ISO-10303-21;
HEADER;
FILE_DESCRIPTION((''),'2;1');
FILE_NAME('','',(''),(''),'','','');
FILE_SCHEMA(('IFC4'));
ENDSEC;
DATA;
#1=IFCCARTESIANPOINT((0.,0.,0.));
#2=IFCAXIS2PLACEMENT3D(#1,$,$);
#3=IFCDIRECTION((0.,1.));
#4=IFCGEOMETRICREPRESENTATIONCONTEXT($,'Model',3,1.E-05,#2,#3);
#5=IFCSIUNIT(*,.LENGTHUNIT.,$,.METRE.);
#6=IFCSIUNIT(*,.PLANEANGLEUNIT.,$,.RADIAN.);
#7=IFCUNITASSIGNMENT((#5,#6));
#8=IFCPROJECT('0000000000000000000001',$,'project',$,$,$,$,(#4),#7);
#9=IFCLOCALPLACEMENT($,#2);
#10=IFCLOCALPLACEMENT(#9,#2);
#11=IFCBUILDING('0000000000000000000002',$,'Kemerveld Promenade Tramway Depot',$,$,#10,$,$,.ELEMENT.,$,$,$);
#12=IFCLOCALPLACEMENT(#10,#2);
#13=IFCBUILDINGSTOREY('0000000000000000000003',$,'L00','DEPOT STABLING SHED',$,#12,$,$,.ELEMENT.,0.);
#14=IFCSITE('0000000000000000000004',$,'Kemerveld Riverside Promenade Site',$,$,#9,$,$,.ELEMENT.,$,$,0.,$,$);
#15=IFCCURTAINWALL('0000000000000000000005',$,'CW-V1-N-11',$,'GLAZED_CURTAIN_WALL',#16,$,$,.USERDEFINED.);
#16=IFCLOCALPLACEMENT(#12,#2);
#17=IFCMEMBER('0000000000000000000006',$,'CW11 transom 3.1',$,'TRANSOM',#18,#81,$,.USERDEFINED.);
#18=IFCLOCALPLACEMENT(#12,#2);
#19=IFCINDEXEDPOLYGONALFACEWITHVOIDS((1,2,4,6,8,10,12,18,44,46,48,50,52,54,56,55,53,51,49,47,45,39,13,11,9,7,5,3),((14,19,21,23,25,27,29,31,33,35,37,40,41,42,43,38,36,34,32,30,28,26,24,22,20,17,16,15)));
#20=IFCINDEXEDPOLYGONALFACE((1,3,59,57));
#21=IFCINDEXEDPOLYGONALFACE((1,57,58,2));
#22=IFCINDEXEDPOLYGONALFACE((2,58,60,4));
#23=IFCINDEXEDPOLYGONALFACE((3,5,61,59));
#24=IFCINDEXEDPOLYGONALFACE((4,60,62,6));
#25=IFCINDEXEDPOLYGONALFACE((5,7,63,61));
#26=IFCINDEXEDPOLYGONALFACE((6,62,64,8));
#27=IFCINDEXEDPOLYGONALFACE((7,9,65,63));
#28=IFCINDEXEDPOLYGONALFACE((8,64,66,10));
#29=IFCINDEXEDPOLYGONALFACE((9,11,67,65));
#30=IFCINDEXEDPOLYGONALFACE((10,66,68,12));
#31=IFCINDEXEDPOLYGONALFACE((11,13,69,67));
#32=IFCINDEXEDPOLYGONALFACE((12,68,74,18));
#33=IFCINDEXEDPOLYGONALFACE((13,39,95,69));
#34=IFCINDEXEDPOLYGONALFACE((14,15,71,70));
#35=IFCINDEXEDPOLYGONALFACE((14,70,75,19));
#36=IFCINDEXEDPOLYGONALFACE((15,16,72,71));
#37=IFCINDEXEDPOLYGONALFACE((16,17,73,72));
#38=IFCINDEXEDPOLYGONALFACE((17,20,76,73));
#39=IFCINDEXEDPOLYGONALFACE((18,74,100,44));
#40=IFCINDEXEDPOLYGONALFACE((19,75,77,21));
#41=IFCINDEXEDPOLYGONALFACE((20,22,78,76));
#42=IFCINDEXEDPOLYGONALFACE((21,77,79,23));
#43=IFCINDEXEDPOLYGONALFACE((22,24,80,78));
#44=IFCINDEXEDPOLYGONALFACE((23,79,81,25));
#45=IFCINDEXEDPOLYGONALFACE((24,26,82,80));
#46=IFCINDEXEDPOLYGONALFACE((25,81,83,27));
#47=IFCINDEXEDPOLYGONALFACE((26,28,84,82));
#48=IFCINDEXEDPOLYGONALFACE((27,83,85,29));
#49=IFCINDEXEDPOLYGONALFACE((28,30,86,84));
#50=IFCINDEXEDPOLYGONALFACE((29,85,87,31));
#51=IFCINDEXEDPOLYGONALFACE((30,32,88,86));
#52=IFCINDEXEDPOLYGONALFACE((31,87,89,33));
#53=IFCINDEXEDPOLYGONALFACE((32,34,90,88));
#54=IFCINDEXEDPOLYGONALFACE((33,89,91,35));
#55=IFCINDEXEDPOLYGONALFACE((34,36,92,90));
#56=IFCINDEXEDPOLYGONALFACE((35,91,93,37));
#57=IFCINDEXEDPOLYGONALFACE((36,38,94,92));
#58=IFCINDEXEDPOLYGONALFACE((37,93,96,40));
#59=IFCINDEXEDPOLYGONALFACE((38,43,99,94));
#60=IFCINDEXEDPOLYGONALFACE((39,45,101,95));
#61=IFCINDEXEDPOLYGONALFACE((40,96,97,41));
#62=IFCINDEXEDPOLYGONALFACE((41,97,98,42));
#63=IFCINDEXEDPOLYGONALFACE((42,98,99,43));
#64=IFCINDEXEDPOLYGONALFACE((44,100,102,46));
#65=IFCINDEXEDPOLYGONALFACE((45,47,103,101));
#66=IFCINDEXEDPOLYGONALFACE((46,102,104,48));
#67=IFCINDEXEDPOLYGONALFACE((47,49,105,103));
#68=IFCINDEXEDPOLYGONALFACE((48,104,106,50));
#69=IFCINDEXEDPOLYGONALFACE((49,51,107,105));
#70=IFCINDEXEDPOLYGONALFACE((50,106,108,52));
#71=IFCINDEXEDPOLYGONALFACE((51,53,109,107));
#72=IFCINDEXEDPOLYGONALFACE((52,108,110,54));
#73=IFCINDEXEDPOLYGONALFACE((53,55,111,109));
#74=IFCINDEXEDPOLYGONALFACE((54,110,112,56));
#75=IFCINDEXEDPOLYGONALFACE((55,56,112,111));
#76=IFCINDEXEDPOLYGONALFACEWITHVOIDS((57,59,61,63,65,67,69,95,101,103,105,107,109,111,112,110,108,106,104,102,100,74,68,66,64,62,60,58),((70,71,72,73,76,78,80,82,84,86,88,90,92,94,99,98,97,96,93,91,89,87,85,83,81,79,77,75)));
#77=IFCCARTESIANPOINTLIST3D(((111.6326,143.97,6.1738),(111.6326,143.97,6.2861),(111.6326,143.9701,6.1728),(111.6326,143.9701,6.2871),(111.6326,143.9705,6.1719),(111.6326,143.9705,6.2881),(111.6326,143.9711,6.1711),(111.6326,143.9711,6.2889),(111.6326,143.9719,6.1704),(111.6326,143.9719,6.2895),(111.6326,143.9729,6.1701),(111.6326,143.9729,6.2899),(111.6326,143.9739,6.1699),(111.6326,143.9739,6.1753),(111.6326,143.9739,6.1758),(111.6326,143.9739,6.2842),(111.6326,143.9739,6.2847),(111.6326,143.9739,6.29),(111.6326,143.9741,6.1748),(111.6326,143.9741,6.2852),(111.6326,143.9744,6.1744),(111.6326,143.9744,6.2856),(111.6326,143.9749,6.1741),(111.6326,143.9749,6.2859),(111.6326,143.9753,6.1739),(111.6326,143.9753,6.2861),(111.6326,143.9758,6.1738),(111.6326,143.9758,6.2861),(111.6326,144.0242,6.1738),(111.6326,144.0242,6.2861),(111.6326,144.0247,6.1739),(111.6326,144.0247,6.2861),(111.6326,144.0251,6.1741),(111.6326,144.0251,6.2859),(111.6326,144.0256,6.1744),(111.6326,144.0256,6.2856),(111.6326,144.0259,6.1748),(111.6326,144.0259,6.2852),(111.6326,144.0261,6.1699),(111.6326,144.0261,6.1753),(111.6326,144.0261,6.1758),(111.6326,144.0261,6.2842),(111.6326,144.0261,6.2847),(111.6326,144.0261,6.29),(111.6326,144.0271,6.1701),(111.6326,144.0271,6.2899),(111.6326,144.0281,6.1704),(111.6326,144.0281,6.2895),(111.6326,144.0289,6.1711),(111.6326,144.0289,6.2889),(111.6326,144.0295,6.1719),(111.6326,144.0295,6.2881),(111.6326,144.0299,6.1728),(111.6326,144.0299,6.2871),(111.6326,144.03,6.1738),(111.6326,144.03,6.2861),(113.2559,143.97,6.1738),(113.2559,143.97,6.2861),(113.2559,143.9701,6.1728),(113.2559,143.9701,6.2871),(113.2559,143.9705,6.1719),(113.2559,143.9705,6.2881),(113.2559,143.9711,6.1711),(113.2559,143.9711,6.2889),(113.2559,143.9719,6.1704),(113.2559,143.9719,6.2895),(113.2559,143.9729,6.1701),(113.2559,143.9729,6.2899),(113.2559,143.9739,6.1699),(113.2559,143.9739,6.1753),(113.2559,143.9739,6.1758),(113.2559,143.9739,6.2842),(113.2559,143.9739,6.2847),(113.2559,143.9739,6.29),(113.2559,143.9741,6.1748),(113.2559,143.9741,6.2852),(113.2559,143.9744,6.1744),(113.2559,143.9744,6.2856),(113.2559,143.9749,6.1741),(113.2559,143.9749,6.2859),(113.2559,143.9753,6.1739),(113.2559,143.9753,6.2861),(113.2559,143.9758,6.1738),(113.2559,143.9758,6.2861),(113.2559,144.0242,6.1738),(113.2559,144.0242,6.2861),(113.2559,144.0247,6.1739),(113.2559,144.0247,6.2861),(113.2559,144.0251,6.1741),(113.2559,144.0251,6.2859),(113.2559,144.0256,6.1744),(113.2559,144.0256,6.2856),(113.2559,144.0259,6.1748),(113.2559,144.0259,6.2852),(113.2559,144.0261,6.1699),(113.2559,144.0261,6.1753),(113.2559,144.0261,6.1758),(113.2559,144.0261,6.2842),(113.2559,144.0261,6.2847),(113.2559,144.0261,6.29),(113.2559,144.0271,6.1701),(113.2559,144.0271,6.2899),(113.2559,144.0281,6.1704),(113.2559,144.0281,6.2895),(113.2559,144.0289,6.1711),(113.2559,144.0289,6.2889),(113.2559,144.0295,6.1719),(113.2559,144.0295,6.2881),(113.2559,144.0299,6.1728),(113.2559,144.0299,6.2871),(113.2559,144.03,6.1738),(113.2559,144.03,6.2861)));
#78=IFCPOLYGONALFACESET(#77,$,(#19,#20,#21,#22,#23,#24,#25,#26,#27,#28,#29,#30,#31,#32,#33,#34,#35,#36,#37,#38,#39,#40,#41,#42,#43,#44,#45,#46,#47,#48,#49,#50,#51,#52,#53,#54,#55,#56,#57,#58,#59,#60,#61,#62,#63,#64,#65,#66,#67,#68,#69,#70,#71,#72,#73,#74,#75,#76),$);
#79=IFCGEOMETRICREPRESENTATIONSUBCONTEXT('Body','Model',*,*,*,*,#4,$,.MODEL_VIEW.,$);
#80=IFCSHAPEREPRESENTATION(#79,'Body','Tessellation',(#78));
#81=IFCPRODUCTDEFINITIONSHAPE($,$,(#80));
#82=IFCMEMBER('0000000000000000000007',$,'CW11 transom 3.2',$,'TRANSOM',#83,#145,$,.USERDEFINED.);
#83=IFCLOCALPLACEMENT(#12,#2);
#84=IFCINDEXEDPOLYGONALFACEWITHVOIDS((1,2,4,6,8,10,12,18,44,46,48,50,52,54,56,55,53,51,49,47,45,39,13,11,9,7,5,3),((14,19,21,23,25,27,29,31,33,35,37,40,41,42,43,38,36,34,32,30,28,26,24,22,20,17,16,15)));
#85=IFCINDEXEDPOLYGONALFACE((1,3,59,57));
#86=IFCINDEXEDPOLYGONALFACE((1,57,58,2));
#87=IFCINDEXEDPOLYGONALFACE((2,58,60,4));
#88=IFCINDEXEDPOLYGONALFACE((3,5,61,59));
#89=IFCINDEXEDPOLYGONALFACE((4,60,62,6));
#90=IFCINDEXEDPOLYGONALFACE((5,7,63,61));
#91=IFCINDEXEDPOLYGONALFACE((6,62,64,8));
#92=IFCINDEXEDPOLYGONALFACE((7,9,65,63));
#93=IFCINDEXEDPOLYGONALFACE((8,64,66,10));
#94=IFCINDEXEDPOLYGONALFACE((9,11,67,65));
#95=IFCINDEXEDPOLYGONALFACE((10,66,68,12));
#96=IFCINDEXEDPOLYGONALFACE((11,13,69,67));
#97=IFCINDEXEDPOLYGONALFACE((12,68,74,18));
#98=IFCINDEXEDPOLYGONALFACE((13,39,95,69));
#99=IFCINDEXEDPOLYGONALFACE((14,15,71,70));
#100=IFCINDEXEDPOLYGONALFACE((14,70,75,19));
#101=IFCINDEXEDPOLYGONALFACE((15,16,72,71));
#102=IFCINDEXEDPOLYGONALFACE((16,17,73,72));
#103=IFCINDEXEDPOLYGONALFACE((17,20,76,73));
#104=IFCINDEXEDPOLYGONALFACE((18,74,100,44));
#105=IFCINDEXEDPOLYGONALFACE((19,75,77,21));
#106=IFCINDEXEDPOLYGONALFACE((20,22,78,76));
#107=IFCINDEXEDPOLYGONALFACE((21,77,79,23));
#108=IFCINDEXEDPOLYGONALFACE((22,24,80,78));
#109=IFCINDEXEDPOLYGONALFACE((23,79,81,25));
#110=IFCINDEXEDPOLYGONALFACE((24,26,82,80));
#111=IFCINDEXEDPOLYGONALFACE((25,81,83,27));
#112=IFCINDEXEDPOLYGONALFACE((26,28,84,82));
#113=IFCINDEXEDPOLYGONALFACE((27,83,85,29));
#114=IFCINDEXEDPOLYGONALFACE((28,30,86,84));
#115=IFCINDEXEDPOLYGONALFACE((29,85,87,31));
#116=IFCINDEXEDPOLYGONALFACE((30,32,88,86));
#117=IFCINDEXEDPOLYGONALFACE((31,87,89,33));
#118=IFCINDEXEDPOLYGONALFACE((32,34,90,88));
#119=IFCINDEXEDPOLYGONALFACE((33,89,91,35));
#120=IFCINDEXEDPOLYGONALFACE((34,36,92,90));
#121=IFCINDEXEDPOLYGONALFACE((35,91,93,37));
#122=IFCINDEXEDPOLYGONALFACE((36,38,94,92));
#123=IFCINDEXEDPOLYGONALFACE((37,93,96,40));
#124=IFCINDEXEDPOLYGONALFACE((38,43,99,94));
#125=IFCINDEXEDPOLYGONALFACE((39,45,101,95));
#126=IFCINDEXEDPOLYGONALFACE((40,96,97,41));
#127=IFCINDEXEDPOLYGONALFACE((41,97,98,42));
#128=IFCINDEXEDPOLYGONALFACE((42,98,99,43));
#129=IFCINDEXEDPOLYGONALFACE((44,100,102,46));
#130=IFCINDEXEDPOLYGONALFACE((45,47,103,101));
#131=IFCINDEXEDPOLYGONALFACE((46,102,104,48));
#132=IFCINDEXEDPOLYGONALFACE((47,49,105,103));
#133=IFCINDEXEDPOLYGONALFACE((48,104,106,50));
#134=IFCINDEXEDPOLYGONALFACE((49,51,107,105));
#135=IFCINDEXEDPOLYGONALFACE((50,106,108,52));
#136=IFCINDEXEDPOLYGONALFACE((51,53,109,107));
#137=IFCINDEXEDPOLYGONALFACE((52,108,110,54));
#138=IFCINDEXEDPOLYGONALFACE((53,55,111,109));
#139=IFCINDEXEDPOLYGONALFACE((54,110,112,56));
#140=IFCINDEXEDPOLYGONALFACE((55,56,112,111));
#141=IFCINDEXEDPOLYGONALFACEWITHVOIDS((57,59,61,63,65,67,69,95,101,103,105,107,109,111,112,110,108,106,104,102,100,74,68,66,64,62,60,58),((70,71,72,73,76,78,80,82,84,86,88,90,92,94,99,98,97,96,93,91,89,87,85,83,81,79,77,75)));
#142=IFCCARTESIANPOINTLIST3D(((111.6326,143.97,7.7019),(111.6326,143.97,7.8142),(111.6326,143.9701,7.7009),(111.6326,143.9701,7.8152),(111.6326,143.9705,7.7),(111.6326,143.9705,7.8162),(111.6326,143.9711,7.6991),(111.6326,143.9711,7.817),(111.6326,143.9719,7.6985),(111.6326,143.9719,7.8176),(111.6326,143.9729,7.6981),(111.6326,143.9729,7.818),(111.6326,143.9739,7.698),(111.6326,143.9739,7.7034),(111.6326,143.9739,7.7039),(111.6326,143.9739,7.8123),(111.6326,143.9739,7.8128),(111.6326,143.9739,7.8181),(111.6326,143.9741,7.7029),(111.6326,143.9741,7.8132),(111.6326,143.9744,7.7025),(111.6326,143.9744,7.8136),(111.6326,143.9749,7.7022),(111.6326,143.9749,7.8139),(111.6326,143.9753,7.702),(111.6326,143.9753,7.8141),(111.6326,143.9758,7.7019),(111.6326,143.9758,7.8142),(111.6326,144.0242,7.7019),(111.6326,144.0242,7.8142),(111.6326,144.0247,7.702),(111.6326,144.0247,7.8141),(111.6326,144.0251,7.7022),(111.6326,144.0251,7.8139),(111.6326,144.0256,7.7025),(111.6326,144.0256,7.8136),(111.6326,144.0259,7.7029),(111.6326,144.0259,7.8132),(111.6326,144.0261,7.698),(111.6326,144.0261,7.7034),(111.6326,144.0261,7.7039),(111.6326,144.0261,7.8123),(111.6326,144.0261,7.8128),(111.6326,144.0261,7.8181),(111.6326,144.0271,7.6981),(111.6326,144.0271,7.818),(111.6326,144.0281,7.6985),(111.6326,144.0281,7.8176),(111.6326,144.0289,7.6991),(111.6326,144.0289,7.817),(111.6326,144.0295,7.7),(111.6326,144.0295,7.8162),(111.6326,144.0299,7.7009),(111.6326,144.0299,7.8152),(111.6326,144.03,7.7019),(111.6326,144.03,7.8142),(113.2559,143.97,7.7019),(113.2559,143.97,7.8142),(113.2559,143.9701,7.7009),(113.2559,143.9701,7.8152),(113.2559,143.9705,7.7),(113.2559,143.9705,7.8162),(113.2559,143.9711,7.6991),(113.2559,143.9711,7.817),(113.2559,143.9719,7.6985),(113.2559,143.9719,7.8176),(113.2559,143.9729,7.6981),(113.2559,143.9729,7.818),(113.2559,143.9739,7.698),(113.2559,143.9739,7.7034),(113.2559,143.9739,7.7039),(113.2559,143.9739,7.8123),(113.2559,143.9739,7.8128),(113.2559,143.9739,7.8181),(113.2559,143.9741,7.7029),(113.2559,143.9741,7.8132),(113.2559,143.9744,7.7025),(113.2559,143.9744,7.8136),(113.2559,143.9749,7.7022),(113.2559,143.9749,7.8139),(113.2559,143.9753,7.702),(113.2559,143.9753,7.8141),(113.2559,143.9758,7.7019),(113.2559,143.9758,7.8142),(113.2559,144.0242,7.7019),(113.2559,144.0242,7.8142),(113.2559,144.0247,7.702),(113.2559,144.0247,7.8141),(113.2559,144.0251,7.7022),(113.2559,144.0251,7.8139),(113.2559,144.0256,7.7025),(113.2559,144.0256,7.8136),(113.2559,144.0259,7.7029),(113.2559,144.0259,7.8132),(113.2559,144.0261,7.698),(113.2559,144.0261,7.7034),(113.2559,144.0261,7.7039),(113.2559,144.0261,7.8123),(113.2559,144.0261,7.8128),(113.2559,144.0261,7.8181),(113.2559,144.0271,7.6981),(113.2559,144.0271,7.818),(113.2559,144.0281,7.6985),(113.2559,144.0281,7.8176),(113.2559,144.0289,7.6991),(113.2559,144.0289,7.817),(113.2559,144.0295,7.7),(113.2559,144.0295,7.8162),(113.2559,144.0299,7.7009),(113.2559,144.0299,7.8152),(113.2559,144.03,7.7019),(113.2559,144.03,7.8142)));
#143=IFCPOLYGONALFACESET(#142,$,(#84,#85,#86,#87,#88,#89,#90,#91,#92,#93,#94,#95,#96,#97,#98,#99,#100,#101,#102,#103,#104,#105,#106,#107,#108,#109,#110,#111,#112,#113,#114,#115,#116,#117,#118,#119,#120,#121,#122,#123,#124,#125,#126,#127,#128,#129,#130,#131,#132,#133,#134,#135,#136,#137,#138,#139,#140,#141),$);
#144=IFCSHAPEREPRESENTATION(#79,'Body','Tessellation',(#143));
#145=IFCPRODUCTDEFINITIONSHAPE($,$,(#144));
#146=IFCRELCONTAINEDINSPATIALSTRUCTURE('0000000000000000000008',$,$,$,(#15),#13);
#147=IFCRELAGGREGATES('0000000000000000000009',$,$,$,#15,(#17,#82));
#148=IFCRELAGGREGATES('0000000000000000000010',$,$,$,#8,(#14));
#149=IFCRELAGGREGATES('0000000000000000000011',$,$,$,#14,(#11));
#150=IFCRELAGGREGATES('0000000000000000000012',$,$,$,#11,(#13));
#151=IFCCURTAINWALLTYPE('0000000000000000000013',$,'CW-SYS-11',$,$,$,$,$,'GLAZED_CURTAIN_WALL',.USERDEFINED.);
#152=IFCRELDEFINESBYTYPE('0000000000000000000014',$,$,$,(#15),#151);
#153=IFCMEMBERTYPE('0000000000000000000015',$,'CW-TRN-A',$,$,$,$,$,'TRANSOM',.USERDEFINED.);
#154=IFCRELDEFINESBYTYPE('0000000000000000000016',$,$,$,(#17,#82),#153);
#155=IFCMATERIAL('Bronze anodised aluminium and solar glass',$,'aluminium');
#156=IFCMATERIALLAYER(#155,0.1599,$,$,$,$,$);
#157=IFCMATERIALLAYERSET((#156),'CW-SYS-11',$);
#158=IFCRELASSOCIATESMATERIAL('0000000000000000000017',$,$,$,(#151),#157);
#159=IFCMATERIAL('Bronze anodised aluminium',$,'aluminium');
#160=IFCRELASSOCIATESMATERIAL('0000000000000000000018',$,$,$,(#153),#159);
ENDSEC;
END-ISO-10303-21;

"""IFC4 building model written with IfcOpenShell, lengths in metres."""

from ifc_helpers import new_model, si_unit, direction, frame, origin, origin_2d, place, context, subcontext, project, spatial, hollow_rectangle, extrude, material, layer, layer_set, material_profile, profile_set, type_object, element, aggregate, save


model = new_model("IFC4")

# Units and contexts
model_context = context("Model", 3, precision=1e-05, world=origin(), true_north=direction((0.0, 1.0)))
body_context = subcontext(model_context, "Body", "Model", "MODEL_VIEW")
ifc_project = project(units=[si_unit("LENGTHUNIT", "METRE"), si_unit("PLANEANGLEUNIT", "RADIAN")], contexts=[model_context])

# Site, building, storey
site_placement = place(None, origin())
site = spatial("IfcSite", under=ifc_project, at=site_placement, Name="Kemerveld Riverside Promenade Site", CompositionType="ELEMENT", RefElevation=0.0)
building_placement = place(site_placement, origin())
building = spatial("IfcBuilding", under=site, at=building_placement, Name="Kemerveld Promenade Tramway Depot", CompositionType="ELEMENT")
storey_placement = place(building_placement, origin())
storey = spatial("IfcBuildingStorey", under=building, at=storey_placement, Name="L00", Description="DEPOT STABLING SHED", CompositionType="ELEMENT", Elevation=0.0)

# Curtain wall
ifc_material_1 = material(Name="Bronze anodised aluminium and solar glass", Category="aluminium")
ifc_layer_1 = layer(ifc_material_1, 0.1599)
ifc_layer_set_1 = layer_set([ifc_layer_1], Name="CW-SYS-11")
curtain_wall_type_1 = type_object("IfcCurtainWallType", Name="CW-SYS-11", ElementType="GLAZED_CURTAIN_WALL", PredefinedType="USERDEFINED", material=ifc_layer_set_1)
curtain_wall_1_placement = place(storey_placement, origin())
curtain_wall_1 = element("IfcCurtainWall", 1, at=curtain_wall_1_placement, inside=storey, type_object=curtain_wall_type_1, Name="CW-V1-N-11", ObjectType="GLAZED_CURTAIN_WALL", PredefinedType="USERDEFINED")
ifc_material_2 = material(Name="Bronze anodised aluminium", Category="aluminium")

# Members
ifc_material_profile_1 = material_profile(ifc_material_2, hollow_rectangle(XDim=0.0601, YDim=0.1201, WallThickness=0.0039, InnerFilletRadius=0.002, OuterFilletRadius=0.0039, at=origin_2d()), Name="CW-TRN-120x60")
ifc_profile_set_1 = profile_set([ifc_material_profile_1], Name="Bronze anodised aluminium")
member_type_1 = type_object("IfcMemberType", Name="CW-TRN-A", ElementType="TRANSOM", PredefinedType="USERDEFINED", material=ifc_profile_set_1)
member_1_placement = place(storey_placement, frame((111.6326, 144.0, 6.23), z_axis=(1.0, 0.0, 0.0), x_axis=(0.0, 1.0, 0.0)))
member_1 = element("IfcMember", 2, at=member_1_placement, type_object=member_type_1, Name="CW11 transom 3.1", ObjectType="TRANSOM", PredefinedType="USERDEFINED", context=body_context, shape_type="SweptSolid", body=[
    extrude(hollow_rectangle(XDim=0.0601, YDim=0.1201, WallThickness=0.0039, InnerFilletRadius=0.002, OuterFilletRadius=0.0039, at=origin_2d()), origin(), (0.0, 0.0, 1.0), 1.6233),
])
member_2_placement = place(storey_placement, frame((111.6326, 144.0, 7.7581), z_axis=(1.0, 0.0, 0.0), x_axis=(0.0, 1.0, 0.0)))
member_2 = element("IfcMember", 3, at=member_2_placement, type_object=member_type_1, Name="CW11 transom 3.2", ObjectType="TRANSOM", PredefinedType="USERDEFINED", context=body_context, shape_type="SweptSolid", body=[
    extrude(hollow_rectangle(XDim=0.0601, YDim=0.1201, WallThickness=0.0039, InnerFilletRadius=0.002, OuterFilletRadius=0.0039, at=origin_2d()), origin(), (0.0, 0.0, 1.0), 1.6233),
])

aggregate(curtain_wall_1, [member_1, member_2])

save(model, "model.ifc")
